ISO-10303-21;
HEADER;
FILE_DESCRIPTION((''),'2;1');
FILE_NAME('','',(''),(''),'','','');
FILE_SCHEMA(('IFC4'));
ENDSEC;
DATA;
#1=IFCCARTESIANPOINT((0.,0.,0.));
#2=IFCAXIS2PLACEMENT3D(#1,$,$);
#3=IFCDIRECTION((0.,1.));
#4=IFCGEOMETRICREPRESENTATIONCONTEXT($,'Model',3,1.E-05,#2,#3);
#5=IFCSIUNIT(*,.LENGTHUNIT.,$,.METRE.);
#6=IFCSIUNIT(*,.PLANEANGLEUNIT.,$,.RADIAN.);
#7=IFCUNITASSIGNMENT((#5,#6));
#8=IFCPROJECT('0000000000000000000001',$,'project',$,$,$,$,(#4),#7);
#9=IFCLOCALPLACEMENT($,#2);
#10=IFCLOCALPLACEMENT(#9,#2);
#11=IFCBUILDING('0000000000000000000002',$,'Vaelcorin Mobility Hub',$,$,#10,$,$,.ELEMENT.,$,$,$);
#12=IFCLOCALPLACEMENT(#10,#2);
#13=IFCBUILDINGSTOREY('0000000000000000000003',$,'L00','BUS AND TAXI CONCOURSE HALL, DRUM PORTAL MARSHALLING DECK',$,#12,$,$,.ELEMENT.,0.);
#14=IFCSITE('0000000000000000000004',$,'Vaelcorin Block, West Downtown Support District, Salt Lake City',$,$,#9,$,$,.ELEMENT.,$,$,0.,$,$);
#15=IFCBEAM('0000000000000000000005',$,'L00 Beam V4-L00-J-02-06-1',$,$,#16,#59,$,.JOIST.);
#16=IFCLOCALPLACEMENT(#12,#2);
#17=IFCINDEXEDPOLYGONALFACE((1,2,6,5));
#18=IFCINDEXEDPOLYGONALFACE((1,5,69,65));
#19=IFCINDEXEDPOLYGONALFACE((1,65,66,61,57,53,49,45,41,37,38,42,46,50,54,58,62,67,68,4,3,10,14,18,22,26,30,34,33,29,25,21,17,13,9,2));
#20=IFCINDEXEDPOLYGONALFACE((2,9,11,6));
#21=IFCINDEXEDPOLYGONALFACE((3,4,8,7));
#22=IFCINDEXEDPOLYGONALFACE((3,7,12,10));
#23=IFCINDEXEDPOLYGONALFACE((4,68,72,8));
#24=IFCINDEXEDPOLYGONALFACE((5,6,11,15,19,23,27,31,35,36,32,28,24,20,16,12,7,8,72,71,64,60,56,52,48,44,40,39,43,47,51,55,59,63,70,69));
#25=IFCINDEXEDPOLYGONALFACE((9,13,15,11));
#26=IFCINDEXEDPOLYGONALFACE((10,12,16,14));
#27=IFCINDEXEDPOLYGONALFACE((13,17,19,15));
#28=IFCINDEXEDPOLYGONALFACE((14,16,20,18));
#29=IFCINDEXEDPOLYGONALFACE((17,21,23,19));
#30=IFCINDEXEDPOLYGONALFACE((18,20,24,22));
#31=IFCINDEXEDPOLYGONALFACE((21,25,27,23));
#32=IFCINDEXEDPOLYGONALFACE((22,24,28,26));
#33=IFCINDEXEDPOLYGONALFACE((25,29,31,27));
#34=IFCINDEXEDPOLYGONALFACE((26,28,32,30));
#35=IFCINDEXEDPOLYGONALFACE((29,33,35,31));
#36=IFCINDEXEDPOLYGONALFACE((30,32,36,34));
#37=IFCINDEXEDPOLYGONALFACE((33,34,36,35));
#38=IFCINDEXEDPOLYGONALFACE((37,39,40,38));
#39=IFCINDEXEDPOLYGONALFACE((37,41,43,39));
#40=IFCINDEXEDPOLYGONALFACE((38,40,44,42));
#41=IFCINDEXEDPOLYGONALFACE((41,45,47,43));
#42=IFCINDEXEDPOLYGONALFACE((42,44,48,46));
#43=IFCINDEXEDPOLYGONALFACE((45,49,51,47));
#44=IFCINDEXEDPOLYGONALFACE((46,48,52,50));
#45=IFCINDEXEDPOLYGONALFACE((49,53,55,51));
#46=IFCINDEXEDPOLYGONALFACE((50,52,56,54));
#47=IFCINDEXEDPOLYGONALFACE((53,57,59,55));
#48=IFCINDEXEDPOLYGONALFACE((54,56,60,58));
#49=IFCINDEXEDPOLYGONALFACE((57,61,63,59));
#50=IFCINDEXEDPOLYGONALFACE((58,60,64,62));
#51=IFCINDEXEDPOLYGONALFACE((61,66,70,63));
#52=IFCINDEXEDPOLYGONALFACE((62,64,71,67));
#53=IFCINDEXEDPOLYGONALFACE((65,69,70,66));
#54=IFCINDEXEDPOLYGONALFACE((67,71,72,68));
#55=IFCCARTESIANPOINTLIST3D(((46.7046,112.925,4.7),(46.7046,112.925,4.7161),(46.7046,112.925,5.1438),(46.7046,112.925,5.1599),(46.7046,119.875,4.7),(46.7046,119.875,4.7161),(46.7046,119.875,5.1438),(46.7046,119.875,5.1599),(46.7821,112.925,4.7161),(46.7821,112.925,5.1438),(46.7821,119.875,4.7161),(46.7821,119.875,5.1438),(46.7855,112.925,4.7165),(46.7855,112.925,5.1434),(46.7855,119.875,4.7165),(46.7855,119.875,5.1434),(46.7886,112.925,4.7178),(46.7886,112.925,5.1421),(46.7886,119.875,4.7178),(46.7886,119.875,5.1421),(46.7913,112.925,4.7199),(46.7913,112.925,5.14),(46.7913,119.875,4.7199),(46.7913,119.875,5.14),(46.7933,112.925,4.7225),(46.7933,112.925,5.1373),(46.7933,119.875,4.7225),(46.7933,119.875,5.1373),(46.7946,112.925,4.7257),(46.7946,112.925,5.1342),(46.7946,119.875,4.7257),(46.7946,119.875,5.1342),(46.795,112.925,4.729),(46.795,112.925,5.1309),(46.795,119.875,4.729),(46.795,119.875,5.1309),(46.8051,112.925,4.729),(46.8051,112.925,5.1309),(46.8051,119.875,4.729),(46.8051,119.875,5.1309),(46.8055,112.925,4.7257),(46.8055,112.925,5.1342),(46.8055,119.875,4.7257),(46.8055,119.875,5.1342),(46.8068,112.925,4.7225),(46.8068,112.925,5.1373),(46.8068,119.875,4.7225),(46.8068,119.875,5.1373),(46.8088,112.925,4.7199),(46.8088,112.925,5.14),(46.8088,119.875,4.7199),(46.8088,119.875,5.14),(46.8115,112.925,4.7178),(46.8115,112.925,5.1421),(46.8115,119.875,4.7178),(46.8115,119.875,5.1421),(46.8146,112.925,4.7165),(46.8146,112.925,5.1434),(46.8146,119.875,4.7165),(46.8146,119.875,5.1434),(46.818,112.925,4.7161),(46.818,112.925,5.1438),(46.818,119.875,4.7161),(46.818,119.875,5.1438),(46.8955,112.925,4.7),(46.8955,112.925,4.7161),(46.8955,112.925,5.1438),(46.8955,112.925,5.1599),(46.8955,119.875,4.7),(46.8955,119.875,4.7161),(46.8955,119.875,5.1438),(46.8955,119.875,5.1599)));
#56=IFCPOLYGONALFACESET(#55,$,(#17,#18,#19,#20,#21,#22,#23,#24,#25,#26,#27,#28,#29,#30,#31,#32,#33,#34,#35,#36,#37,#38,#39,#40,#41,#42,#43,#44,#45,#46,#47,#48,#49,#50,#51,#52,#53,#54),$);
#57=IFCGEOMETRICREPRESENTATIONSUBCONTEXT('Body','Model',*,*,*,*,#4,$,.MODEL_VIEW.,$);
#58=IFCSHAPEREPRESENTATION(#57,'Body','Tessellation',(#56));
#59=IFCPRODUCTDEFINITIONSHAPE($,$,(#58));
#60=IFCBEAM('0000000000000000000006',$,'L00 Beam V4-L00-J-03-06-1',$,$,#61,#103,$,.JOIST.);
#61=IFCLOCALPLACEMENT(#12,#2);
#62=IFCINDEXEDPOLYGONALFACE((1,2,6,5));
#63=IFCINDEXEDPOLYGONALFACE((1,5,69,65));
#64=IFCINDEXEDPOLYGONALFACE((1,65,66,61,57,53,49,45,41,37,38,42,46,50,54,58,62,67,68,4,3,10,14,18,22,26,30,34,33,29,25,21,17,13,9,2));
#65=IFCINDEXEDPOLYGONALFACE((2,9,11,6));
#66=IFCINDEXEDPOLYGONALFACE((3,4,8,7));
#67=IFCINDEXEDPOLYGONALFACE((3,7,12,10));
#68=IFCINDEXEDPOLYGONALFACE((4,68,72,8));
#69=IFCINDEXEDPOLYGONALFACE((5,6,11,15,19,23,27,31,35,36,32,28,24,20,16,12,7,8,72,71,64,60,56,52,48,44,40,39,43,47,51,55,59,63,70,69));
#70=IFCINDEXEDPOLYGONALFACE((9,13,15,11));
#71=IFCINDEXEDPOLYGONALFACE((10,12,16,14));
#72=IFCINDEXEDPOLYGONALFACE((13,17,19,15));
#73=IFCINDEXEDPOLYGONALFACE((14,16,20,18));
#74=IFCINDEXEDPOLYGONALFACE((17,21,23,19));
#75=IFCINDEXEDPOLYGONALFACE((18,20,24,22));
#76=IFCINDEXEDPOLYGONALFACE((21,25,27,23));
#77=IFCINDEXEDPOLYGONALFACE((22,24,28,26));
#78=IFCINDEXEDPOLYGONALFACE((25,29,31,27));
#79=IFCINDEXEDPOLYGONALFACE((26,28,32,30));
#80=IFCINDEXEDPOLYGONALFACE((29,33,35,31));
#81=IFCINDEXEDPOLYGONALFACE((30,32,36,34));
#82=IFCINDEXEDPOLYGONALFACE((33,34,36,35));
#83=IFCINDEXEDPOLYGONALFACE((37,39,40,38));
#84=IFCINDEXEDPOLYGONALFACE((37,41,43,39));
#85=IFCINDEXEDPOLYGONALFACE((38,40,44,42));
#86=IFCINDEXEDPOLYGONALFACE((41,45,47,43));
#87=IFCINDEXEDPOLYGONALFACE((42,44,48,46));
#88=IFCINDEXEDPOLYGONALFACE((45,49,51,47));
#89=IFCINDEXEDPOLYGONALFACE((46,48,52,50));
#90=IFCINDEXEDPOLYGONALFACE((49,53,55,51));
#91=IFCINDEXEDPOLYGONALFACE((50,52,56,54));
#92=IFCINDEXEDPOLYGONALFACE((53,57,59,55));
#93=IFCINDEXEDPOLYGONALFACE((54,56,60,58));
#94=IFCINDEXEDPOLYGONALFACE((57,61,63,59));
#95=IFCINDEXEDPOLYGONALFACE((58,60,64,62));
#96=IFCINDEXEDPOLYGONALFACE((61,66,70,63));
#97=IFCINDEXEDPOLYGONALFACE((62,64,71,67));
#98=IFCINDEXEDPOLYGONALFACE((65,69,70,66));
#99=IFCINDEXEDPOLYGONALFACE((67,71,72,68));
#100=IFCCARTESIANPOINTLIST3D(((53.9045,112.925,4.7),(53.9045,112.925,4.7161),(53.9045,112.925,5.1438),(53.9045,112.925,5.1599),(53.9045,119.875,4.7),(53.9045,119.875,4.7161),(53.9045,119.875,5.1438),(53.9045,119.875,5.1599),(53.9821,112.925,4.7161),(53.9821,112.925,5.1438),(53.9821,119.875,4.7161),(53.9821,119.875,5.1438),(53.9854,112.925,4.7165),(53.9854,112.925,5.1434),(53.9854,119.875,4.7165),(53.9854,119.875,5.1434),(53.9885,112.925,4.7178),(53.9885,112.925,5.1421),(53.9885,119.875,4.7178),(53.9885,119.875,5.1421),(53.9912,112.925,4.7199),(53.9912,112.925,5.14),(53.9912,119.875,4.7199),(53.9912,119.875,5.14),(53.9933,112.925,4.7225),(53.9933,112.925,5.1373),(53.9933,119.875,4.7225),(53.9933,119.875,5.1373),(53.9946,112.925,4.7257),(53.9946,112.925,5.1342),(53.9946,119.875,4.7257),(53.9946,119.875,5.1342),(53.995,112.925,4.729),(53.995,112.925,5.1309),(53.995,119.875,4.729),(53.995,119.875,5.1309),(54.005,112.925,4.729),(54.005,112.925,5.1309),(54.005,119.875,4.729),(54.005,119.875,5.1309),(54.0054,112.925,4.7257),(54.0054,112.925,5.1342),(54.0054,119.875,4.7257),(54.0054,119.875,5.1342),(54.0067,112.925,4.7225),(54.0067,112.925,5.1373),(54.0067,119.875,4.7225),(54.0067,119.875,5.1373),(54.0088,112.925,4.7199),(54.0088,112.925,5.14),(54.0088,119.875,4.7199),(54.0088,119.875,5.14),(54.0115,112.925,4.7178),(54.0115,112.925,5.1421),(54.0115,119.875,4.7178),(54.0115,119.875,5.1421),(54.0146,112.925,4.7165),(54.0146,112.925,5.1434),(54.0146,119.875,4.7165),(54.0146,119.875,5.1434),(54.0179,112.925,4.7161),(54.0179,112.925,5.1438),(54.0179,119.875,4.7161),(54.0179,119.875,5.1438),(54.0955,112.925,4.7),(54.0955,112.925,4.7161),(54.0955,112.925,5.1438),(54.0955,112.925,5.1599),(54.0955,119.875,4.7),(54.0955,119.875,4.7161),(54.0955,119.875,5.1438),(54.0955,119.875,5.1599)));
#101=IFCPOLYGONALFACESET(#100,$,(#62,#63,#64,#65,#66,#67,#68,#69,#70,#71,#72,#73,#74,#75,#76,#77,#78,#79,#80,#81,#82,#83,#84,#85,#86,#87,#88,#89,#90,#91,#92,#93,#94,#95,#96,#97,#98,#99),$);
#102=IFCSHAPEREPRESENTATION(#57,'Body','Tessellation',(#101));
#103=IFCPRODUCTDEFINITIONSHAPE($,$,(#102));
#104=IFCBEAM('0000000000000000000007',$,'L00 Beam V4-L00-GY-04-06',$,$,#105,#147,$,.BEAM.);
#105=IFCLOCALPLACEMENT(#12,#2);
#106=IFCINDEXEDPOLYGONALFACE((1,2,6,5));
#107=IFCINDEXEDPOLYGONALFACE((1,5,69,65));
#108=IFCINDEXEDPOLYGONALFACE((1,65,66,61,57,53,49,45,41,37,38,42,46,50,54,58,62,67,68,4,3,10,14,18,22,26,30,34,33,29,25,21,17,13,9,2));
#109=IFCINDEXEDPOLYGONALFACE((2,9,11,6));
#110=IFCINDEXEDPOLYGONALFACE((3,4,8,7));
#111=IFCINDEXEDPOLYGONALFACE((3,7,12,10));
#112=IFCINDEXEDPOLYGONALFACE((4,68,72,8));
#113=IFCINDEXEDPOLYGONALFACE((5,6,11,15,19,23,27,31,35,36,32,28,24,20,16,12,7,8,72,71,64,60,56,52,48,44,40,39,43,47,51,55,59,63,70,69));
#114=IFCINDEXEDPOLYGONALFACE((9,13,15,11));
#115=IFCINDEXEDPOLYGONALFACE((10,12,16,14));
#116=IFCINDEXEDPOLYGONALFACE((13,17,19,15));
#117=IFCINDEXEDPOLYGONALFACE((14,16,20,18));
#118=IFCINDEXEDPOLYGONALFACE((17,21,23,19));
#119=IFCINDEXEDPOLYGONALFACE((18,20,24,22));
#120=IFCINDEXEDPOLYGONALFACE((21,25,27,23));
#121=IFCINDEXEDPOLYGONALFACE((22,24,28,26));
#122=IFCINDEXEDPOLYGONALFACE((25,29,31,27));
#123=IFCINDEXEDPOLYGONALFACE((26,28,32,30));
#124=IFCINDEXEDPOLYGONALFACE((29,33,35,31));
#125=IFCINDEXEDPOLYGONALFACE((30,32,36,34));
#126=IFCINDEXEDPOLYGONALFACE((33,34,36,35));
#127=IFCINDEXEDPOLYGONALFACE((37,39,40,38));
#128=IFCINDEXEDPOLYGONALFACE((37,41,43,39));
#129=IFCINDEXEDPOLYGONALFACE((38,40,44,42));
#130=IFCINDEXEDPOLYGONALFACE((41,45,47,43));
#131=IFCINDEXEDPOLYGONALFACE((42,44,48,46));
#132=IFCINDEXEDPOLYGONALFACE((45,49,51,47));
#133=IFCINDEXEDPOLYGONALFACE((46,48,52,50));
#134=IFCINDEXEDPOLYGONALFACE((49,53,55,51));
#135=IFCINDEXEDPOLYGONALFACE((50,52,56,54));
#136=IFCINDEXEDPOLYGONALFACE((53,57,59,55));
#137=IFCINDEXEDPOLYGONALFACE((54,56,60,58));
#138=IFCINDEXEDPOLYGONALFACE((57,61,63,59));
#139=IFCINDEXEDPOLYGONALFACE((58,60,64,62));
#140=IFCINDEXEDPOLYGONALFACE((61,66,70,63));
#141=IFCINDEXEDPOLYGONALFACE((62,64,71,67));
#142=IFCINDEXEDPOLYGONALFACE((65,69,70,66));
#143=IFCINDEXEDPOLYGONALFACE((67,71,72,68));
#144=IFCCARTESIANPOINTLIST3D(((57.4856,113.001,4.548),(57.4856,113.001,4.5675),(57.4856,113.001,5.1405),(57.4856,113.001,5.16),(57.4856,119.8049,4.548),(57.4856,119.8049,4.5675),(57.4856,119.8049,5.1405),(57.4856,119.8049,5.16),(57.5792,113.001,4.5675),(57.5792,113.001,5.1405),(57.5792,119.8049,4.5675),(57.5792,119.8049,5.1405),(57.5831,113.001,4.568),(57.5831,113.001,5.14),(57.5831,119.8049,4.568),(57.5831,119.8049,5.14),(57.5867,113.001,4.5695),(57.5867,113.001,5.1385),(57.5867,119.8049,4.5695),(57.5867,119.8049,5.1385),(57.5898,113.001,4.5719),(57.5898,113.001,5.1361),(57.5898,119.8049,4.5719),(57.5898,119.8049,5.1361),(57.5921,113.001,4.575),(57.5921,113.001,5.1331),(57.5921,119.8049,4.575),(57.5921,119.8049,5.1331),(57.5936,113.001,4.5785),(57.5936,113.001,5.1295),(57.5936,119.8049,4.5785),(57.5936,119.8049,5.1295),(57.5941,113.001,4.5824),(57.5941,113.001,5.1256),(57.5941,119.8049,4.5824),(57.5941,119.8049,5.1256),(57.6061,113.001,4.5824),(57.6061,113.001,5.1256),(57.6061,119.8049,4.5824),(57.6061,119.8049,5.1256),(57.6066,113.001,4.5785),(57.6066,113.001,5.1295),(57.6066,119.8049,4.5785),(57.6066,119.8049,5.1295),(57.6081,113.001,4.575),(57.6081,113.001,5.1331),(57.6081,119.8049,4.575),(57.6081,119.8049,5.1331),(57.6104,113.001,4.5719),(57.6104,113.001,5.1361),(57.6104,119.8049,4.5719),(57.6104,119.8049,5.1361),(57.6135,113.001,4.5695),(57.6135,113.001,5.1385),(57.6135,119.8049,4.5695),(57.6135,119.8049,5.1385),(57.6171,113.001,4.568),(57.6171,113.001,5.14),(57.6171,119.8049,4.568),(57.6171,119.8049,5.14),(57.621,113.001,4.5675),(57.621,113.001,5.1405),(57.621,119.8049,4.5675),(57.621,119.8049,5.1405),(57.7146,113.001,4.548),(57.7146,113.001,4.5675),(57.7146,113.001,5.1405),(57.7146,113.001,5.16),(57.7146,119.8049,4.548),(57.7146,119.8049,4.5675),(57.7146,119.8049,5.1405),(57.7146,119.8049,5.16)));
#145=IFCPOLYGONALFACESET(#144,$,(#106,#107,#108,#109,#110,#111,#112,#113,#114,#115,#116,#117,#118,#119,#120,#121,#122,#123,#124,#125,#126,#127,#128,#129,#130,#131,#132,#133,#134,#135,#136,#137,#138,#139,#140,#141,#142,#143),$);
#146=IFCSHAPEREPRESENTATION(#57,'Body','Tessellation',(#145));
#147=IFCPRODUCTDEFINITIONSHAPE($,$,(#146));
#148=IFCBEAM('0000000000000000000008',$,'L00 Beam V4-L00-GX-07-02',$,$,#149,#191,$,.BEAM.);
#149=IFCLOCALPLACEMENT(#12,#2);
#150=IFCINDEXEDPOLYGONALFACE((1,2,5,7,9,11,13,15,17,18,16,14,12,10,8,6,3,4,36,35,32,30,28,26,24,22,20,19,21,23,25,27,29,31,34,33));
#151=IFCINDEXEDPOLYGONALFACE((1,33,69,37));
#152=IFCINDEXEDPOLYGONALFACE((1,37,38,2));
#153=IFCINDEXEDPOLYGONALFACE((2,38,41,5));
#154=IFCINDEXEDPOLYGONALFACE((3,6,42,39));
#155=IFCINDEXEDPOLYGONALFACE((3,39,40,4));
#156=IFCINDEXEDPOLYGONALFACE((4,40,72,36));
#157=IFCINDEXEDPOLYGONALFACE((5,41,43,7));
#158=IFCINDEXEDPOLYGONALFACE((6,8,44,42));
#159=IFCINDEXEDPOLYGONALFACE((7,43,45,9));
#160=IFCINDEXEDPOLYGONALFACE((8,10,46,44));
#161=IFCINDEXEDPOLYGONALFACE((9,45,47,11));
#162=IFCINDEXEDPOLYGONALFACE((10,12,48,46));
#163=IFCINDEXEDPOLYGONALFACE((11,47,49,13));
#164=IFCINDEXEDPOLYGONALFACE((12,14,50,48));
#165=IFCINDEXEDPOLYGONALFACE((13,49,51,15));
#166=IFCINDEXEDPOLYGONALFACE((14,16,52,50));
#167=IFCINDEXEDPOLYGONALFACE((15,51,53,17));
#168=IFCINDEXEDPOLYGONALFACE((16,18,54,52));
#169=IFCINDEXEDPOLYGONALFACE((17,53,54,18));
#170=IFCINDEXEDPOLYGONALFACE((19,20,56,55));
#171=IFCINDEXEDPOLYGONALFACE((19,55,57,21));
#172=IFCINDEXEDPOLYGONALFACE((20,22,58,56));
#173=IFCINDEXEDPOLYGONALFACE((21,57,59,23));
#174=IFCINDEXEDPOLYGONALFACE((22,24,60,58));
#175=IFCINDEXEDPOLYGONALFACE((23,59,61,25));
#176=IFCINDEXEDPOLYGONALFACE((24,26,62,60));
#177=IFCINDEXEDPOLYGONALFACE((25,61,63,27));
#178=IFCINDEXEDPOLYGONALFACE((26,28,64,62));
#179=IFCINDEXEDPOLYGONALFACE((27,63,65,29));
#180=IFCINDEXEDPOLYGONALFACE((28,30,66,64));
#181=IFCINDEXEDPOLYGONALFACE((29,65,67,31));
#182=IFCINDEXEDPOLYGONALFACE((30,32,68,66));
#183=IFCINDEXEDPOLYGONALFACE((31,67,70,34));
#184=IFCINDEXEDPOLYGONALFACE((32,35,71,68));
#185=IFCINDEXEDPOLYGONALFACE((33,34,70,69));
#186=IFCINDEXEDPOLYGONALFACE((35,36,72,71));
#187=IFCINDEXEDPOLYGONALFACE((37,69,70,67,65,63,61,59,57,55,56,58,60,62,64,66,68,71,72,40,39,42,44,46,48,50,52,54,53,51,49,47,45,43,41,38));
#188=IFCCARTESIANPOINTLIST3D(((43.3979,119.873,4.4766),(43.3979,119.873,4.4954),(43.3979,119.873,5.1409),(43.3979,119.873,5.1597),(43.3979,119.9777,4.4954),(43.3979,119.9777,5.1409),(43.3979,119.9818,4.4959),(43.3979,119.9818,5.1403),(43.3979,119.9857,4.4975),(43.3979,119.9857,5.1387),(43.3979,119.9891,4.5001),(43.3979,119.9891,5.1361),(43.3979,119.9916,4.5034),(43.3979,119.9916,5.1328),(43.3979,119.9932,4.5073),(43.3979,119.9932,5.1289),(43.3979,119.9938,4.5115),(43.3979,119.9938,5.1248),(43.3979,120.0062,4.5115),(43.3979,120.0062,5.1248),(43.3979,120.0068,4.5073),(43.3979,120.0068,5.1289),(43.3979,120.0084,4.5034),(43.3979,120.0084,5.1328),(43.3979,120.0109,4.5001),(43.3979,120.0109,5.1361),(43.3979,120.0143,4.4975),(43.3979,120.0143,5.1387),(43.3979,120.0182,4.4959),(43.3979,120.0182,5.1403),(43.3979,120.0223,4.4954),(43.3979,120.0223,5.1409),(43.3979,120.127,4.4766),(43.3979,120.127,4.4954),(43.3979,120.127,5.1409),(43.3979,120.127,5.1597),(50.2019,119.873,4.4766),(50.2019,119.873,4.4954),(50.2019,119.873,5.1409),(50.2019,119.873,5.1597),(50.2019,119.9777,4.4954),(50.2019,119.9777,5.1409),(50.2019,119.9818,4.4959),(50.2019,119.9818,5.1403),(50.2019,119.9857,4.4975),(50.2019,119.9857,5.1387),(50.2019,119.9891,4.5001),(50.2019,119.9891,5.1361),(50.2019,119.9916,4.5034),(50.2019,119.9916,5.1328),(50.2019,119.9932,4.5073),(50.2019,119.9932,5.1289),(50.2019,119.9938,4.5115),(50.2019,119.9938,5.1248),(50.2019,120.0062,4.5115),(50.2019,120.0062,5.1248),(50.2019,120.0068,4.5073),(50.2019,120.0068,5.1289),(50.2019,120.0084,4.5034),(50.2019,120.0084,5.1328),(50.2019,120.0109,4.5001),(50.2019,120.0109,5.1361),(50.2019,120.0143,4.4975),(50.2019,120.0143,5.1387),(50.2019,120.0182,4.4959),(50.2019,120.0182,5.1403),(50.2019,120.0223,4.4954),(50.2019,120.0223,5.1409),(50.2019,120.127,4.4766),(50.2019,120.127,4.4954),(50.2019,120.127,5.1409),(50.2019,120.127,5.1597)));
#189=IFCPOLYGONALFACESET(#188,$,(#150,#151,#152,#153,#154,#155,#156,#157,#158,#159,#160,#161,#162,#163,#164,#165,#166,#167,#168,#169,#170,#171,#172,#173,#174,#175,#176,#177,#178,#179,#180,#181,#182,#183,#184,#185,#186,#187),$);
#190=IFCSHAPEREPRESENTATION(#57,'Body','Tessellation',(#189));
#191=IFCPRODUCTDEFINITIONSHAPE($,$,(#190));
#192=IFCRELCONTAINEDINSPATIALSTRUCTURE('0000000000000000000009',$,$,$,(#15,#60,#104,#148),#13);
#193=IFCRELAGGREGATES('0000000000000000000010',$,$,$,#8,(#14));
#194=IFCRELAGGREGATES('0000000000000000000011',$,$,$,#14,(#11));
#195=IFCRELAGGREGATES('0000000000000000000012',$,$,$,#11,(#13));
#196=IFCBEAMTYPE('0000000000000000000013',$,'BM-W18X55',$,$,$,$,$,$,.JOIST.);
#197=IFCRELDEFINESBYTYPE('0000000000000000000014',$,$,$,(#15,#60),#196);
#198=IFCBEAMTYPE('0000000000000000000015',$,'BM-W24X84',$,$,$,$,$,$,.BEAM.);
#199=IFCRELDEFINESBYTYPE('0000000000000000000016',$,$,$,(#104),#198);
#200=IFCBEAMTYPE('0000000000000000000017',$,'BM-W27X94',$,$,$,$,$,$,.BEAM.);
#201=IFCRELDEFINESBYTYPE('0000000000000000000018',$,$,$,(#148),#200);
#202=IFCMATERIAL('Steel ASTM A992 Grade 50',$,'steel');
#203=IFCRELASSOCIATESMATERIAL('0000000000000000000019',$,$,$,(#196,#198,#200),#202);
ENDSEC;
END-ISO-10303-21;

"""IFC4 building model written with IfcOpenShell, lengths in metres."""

from ifc_helpers import new_model, si_unit, direction, frame, origin, origin_2d, place, context, subcontext, project, spatial, i_section, extrude, material, material_profile, profile_set, type_object, element, save


model = new_model("IFC4")

# Units and contexts
model_context = context("Model", 3, precision=1e-05, world=origin(), true_north=direction((0.0, 1.0)))
body_context = subcontext(model_context, "Body", "Model", "MODEL_VIEW")
ifc_project = project(units=[si_unit("LENGTHUNIT", "METRE"), si_unit("PLANEANGLEUNIT", "RADIAN")], contexts=[model_context])

# Site, building, storey
site_placement = place(None, origin())
site = spatial("IfcSite", under=ifc_project, at=site_placement, Name="Vaelcorin Block, West Downtown Support District, Salt Lake City", CompositionType="ELEMENT", RefElevation=0.0)
building_placement = place(site_placement, origin())
building = spatial("IfcBuilding", under=site, at=building_placement, Name="Vaelcorin Mobility Hub", CompositionType="ELEMENT")
storey_placement = place(building_placement, origin())
storey = spatial("IfcBuildingStorey", under=building, at=storey_placement, Name="L00", Description="BUS AND TAXI CONCOURSE HALL, DRUM PORTAL MARSHALLING DECK", CompositionType="ELEMENT", Elevation=0.0)

# Shared definitions
ifc_material_1 = material(Name="Steel ASTM A992 Grade 50", Category="steel")

# Beams
ifc_material_profile_1 = material_profile(ifc_material_1, i_section(OverallWidth=0.1909, OverallDepth=0.46, WebThickness=0.01, FlangeThickness=0.0161, FilletRadius=0.0129, at=origin_2d()), Name="W18X55")
ifc_profile_set_1 = profile_set([ifc_material_profile_1], Name="Steel ASTM A992 Grade 50")
beam_type_1 = type_object("IfcBeamType", Name="BM-W18X55", PredefinedType="JOIST", material=ifc_profile_set_1)
for number, where, z_axis, x_axis, name in (
    (1, (46.8, 112.925, 4.9299), (0.0, 1.0, 0.0), (-1.0, 0.0, 0.0), "L00 Beam V4-L00-J-02-06-1"),
    (2, (54.0, 112.925, 4.9299), (0.0, 1.0, 0.0), (-1.0, 0.0, 0.0), "L00 Beam V4-L00-J-03-06-1"),
):
    element("IfcBeam", number, at=place(storey_placement, frame(where, z_axis=z_axis, x_axis=x_axis)), inside=storey, type_object=beam_type_1, Name=name, PredefinedType="JOIST", context=body_context, shape_type="SweptSolid", body=[
        extrude(i_section(OverallWidth=0.1909, OverallDepth=0.46, WebThickness=0.01, FlangeThickness=0.0161, FilletRadius=0.0129, at=origin_2d()), origin(), (0.0, 0.0, 1.0), 6.95),
    ])
ifc_material_profile_2 = material_profile(ifc_material_1, i_section(OverallWidth=0.229, OverallDepth=0.6121, WebThickness=0.012, FlangeThickness=0.0195, FilletRadius=0.0149, at=origin_2d()), Name="W24X84")
ifc_profile_set_2 = profile_set([ifc_material_profile_2], Name="Steel ASTM A992 Grade 50")
beam_type_2 = type_object("IfcBeamType", Name="BM-W24X84", PredefinedType="BEAM", material=ifc_profile_set_2)
beam_1_placement = place(storey_placement, frame((57.6001, 113.001, 4.854), z_axis=(0.0, 1.0, 0.0), x_axis=(-1.0, 0.0, 0.0)))
element("IfcBeam", 3, at=beam_1_placement, inside=storey, type_object=beam_type_2, Name="L00 Beam V4-L00-GY-04-06", PredefinedType="BEAM", context=body_context, shape_type="SweptSolid", body=[
    extrude(i_section(OverallWidth=0.229, OverallDepth=0.6121, WebThickness=0.012, FlangeThickness=0.0195, FilletRadius=0.0149, at=origin_2d()), origin(), (0.0, 0.0, 1.0), 6.804),
])
ifc_material_profile_3 = material_profile(ifc_material_1, i_section(OverallWidth=0.2539, OverallDepth=0.6831, WebThickness=0.0125, FlangeThickness=0.0188, FilletRadius=0.0161, at=origin_2d()), Name="W27X94")
ifc_profile_set_3 = profile_set([ifc_material_profile_3], Name="Steel ASTM A992 Grade 50")
beam_type_3 = type_object("IfcBeamType", Name="BM-W27X94", PredefinedType="BEAM", material=ifc_profile_set_3)
beam_2_placement = place(storey_placement, frame((43.3979, 120.0, 4.8181), z_axis=(1.0, 0.0, 0.0), x_axis=(0.0, 1.0, 0.0)))
element("IfcBeam", 4, at=beam_2_placement, inside=storey, type_object=beam_type_3, Name="L00 Beam V4-L00-GX-07-02", PredefinedType="BEAM", context=body_context, shape_type="SweptSolid", body=[
    extrude(i_section(OverallWidth=0.2539, OverallDepth=0.6831, WebThickness=0.0125, FlangeThickness=0.0188, FilletRadius=0.0161, at=origin_2d()), origin(), (0.0, 0.0, 1.0), 6.804),
])

save(model, "model.ifc")
